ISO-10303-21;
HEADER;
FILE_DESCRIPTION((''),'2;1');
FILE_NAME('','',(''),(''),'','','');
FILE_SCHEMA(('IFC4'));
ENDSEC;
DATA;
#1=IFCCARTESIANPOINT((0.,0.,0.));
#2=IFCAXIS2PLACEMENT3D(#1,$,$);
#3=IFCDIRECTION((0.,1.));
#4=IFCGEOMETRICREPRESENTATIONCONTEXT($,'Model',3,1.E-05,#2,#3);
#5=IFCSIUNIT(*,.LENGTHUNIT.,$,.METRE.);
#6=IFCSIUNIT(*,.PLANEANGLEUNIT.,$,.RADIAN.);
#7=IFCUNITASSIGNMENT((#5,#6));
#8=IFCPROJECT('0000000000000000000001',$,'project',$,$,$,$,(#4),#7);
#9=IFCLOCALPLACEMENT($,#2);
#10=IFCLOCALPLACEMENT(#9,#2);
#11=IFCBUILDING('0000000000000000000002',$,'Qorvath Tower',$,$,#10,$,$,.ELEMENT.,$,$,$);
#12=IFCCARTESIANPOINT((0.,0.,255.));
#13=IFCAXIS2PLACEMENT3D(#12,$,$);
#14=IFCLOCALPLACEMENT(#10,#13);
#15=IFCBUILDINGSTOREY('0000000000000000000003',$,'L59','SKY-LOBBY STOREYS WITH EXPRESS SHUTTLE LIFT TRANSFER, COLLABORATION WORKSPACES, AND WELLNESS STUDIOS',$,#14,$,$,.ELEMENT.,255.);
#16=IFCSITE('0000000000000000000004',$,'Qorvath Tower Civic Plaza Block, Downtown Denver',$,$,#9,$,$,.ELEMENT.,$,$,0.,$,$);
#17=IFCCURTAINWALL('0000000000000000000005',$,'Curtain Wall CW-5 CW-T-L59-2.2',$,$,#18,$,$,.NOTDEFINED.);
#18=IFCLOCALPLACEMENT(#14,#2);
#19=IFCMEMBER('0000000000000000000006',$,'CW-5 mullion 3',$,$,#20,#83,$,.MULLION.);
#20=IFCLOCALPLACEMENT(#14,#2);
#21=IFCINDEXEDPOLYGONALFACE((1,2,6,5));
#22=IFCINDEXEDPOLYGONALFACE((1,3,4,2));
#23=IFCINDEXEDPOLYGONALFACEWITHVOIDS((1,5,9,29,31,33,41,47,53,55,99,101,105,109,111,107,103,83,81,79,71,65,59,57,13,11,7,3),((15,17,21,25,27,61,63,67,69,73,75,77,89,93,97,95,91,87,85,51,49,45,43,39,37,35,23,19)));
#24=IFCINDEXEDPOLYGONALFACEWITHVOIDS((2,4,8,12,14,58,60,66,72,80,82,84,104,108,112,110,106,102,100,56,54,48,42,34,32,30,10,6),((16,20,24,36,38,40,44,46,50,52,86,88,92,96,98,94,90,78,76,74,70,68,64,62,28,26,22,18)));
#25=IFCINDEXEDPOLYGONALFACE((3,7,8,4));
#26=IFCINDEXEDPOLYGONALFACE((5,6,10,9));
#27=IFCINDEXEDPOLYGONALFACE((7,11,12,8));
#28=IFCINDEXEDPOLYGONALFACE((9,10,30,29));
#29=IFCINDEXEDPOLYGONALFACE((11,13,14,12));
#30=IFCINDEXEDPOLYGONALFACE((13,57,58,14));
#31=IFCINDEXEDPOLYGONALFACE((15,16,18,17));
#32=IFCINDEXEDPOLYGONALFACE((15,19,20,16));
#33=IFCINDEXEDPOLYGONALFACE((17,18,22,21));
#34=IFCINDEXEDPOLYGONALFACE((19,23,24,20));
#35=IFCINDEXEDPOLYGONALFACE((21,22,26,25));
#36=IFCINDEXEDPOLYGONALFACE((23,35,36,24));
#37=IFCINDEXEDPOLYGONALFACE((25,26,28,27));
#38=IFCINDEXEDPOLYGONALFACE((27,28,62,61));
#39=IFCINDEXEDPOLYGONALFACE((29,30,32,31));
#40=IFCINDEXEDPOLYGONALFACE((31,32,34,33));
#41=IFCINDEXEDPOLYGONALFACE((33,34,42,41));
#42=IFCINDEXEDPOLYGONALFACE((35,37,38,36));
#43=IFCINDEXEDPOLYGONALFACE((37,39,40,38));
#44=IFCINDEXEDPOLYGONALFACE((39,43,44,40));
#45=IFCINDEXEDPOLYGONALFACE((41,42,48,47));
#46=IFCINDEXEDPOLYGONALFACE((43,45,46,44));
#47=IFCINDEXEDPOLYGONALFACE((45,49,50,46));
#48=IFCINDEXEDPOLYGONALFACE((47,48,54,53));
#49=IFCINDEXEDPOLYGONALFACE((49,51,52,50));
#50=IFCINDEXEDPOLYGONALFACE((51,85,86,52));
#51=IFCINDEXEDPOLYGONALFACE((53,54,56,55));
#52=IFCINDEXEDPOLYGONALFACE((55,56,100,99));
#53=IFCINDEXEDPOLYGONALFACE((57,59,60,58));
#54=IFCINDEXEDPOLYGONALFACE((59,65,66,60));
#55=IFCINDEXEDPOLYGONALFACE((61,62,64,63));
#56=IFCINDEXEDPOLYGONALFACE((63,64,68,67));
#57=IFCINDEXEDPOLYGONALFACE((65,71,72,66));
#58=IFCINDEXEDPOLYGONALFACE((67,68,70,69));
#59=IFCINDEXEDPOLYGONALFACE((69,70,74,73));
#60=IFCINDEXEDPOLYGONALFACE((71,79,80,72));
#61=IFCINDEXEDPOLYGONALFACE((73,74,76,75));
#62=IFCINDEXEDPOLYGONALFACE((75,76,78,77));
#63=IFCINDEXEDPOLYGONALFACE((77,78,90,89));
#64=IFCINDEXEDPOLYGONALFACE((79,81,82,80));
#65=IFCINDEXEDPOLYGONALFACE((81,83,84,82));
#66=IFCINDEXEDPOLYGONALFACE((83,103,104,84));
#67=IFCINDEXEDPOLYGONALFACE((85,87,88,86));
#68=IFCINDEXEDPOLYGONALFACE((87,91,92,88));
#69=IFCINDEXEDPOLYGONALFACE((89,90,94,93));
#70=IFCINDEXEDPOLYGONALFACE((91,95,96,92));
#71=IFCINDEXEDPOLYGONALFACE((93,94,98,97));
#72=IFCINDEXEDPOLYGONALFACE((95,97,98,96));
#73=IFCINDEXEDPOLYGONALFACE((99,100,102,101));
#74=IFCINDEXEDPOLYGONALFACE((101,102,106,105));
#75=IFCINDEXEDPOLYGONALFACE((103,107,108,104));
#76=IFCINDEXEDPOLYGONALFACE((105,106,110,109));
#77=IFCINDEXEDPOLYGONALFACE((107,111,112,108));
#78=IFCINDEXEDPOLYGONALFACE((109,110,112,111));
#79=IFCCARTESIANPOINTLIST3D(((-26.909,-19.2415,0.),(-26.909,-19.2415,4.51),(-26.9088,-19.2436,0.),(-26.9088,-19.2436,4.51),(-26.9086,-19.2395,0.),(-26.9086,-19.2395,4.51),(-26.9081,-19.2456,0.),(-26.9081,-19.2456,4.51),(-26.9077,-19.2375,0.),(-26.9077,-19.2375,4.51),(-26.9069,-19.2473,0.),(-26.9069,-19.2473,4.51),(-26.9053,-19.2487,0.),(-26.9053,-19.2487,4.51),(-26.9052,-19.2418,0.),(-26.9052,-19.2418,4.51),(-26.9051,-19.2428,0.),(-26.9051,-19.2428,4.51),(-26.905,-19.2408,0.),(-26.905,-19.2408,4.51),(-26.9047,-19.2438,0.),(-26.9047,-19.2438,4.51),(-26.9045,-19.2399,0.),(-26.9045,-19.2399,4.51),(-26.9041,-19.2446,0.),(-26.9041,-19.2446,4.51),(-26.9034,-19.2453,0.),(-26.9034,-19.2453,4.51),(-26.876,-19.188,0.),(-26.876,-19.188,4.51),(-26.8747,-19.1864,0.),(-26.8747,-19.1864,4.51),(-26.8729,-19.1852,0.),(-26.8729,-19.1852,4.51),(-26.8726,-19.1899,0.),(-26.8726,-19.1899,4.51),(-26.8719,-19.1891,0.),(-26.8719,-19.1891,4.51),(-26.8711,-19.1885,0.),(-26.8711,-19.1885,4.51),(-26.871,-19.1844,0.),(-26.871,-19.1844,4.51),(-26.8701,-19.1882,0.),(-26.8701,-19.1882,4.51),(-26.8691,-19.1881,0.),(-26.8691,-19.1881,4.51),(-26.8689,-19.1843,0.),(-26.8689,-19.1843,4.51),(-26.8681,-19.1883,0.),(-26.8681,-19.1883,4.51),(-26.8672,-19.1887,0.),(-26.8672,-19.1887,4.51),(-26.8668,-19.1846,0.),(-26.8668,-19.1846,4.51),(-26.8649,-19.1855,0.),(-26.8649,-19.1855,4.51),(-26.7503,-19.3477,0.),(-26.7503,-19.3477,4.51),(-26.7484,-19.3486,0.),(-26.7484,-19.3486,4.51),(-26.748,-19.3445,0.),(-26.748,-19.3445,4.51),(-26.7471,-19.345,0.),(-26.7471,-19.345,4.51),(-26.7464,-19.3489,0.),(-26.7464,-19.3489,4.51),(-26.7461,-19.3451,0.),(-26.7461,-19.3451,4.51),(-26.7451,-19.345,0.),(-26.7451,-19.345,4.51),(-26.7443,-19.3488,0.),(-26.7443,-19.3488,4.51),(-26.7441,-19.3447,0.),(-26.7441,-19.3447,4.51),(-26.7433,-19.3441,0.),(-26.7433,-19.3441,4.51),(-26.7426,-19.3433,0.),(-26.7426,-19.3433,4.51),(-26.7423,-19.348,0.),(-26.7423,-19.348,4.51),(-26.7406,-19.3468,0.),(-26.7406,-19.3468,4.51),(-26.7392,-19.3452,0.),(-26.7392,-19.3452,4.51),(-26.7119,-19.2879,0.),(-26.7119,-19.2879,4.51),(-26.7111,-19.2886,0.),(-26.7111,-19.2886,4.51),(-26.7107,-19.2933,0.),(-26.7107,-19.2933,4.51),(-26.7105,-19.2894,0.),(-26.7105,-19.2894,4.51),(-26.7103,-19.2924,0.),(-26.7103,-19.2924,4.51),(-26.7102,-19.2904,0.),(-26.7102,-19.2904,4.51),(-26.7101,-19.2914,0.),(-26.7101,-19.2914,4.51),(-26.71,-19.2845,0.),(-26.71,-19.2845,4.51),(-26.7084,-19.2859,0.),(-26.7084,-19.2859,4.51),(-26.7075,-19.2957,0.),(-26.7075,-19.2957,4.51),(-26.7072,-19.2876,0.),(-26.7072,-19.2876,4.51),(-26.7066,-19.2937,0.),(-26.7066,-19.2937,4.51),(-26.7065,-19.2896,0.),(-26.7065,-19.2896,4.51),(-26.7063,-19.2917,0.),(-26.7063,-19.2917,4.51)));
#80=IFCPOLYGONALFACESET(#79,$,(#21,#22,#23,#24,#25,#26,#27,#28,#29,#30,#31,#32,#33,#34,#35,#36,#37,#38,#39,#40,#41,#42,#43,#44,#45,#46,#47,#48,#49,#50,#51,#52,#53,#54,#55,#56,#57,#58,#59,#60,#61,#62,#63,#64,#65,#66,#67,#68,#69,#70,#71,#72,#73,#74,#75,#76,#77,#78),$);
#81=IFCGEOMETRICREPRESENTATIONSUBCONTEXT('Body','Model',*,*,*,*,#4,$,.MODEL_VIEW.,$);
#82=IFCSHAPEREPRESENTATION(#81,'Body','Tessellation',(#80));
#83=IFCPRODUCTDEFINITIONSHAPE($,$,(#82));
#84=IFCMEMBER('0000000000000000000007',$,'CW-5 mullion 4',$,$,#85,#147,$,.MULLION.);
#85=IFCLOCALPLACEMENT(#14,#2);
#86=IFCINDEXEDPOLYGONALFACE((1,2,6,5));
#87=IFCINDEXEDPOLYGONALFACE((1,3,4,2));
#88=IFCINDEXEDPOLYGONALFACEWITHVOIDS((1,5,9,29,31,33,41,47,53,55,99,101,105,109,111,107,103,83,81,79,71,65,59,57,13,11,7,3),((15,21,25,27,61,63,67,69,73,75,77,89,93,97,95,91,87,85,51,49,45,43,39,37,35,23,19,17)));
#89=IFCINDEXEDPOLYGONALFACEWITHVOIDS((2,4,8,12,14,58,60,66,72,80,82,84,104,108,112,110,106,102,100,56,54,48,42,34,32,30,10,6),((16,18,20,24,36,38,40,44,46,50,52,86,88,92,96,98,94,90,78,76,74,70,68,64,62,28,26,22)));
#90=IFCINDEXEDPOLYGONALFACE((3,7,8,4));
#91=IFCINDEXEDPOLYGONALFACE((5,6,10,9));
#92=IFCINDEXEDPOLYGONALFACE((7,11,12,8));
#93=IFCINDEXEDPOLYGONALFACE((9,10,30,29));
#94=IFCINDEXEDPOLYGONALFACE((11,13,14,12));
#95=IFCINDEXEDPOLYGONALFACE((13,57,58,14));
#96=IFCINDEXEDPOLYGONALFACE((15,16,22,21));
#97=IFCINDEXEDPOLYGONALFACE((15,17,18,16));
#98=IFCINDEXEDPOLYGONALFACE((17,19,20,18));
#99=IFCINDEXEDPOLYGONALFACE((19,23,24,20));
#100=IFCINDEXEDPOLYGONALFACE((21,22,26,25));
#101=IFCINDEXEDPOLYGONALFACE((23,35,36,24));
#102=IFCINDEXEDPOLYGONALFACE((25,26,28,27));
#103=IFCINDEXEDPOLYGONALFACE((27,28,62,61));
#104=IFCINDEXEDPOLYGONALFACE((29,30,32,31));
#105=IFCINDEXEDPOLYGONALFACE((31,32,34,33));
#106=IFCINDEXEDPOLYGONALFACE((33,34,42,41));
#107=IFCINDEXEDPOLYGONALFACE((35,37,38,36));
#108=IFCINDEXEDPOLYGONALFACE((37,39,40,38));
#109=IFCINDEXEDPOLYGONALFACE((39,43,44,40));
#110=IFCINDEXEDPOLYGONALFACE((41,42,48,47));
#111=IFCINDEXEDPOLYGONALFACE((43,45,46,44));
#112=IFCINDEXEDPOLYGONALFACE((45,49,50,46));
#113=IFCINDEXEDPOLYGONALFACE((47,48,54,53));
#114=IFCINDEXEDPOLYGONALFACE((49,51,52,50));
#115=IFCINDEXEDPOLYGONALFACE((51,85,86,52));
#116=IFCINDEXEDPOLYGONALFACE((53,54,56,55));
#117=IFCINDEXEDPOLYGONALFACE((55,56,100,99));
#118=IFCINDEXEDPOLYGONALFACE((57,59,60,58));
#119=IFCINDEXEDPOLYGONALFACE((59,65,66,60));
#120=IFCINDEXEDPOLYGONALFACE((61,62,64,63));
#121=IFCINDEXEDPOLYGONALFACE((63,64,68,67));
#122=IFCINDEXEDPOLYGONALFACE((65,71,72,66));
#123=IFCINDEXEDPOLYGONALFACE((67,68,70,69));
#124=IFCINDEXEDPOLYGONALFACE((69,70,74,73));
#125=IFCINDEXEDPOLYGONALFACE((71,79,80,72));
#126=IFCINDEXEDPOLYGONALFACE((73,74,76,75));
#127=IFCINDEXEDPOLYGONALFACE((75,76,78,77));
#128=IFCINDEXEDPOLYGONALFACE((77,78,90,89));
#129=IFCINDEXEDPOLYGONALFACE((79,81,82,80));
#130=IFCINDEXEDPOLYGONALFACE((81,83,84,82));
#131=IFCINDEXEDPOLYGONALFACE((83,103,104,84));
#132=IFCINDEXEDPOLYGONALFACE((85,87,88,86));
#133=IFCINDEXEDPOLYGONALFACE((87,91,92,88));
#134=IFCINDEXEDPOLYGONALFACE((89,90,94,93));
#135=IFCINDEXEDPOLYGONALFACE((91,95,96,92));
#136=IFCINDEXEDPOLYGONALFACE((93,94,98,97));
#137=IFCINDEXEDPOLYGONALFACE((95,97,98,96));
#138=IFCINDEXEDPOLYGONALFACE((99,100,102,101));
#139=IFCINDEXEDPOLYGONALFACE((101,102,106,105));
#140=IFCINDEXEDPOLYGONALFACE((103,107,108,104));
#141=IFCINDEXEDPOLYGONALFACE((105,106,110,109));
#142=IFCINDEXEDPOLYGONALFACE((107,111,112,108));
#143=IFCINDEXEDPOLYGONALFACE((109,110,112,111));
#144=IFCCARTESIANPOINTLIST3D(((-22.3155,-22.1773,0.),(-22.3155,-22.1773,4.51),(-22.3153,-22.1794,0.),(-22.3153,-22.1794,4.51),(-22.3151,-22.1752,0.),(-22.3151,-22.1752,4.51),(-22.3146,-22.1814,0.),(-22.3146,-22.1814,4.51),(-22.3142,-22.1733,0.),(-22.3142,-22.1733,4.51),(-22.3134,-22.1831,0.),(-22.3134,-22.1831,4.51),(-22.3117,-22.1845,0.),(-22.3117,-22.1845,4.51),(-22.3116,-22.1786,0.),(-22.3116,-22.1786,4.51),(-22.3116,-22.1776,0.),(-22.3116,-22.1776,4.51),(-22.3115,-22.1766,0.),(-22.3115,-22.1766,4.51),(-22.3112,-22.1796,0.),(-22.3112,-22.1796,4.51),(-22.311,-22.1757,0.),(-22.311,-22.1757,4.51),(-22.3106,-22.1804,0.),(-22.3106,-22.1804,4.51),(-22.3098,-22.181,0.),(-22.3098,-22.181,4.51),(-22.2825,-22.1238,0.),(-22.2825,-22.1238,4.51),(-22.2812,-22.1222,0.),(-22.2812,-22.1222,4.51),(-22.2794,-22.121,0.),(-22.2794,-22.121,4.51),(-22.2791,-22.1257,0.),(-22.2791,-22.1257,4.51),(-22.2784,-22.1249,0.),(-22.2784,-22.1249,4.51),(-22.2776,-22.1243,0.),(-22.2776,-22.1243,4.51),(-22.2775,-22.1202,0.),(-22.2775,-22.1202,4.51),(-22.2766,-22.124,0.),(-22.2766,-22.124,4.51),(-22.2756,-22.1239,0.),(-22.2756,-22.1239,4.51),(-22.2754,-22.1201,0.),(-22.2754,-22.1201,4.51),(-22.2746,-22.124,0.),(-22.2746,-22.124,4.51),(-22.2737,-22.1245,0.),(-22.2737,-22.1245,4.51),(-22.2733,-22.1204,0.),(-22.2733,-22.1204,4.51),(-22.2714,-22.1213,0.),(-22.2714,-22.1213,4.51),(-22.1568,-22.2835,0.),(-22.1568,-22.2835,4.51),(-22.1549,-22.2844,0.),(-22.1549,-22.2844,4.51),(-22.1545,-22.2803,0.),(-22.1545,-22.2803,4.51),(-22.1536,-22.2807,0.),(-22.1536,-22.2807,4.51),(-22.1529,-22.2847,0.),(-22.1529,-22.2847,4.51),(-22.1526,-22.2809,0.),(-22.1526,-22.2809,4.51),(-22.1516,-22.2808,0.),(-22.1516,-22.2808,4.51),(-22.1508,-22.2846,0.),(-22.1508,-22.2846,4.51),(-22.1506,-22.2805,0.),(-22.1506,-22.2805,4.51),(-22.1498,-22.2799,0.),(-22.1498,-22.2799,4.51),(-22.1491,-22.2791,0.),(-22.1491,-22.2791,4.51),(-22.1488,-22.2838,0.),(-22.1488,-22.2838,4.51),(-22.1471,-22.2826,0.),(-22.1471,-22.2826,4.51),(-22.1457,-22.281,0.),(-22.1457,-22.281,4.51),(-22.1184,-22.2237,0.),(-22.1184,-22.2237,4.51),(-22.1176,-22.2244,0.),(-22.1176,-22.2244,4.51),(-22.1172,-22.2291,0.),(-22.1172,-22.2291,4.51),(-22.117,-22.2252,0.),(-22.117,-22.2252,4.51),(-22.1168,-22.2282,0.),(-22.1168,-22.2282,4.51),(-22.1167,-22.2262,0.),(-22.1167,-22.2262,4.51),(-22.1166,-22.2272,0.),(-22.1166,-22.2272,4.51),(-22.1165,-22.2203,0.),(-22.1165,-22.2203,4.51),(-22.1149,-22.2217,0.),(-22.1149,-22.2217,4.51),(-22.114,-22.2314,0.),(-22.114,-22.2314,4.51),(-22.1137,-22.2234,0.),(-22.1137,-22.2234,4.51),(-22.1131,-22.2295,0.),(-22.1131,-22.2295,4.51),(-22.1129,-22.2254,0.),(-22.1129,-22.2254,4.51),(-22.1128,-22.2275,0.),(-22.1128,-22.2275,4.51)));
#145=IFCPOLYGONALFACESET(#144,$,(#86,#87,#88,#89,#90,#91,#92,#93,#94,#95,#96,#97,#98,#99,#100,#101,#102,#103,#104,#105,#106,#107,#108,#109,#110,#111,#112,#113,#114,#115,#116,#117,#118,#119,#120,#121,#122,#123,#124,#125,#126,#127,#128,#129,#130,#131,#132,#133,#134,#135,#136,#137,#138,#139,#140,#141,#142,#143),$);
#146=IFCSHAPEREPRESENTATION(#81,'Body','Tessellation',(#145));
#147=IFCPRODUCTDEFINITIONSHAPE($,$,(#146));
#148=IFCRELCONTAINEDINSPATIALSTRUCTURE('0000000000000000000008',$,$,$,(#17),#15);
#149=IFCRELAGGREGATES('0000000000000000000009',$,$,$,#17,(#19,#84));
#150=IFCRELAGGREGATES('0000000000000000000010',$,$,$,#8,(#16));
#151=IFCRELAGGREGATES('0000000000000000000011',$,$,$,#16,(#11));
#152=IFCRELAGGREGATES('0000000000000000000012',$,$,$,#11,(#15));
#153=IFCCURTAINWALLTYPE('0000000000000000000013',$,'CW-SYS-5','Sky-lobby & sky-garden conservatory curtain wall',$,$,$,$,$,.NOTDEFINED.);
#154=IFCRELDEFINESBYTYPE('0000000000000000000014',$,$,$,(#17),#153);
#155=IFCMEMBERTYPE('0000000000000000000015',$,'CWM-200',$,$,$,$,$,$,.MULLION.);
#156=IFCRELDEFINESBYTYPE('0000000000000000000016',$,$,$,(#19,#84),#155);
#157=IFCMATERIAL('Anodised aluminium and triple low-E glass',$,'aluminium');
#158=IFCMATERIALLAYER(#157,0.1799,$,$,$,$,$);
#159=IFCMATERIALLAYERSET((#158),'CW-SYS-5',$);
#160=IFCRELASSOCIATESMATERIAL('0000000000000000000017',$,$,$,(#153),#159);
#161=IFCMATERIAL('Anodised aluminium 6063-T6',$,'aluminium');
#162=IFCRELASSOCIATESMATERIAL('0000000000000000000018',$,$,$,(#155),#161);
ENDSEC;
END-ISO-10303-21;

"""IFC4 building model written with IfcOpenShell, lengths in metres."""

from ifc_helpers import new_model, si_unit, direction, frame, origin, origin_2d, place, context, subcontext, project, spatial, hollow_rectangle, extrude, material, layer, layer_set, material_profile, profile_set, type_object, element, aggregate, save


model = new_model("IFC4")

# Units and contexts
model_context = context("Model", 3, precision=1e-05, world=origin(), true_north=direction((0.0, 1.0)))
body_context = subcontext(model_context, "Body", "Model", "MODEL_VIEW")
ifc_project = project(units=[si_unit("LENGTHUNIT", "METRE"), si_unit("PLANEANGLEUNIT", "RADIAN")], contexts=[model_context])

# Site, building, storey
site_placement = place(None, origin())
site = spatial("IfcSite", under=ifc_project, at=site_placement, Name="Qorvath Tower Civic Plaza Block, Downtown Denver", CompositionType="ELEMENT", RefElevation=0.0)
building_placement = place(site_placement, origin())
building = spatial("IfcBuilding", under=site, at=building_placement, Name="Qorvath Tower", CompositionType="ELEMENT")
storey_placement = place(building_placement, frame((0.0, 0.0, 255.0)))
storey = spatial("IfcBuildingStorey", under=building, at=storey_placement, Name="L59", Description="SKY-LOBBY STOREYS WITH EXPRESS SHUTTLE LIFT TRANSFER, COLLABORATION WORKSPACES, AND WELLNESS STUDIOS", CompositionType="ELEMENT", Elevation=255.0)

# Curtain wall, members
ifc_material_1 = material(Name="Anodised aluminium and triple low-E glass", Category="aluminium")
ifc_layer_1 = layer(ifc_material_1, 0.1799)
ifc_layer_set_1 = layer_set([ifc_layer_1], Name="CW-SYS-5")
curtain_wall_type = type_object("IfcCurtainWallType", Name="CW-SYS-5", Description="Sky-lobby & sky-garden conservatory curtain wall", PredefinedType="NOTDEFINED", material=ifc_layer_set_1)
curtain_wall_placement = place(storey_placement, origin())
curtain_wall = element("IfcCurtainWall", 1, at=curtain_wall_placement, inside=storey, type_object=curtain_wall_type, Name="Curtain Wall CW-5 CW-T-L59-2.2", PredefinedType="NOTDEFINED")
ifc_material_2 = material(Name="Anodised aluminium 6063-T6", Category="aluminium")
ifc_material_profile_1 = material_profile(ifc_material_2, hollow_rectangle(XDim=0.075, YDim=0.2, WallThickness=0.0039, InnerFilletRadius=0.0039, OuterFilletRadius=0.0081, at=origin_2d()), Name="CWM 200x75")
ifc_profile_set_1 = profile_set([ifc_material_profile_1], Name="Anodised aluminium 6063-T6")
member_type_1 = type_object("IfcMemberType", Name="CWM-200", PredefinedType="MULLION", material=ifc_profile_set_1)
member_1_placement = place(storey_placement, frame((-26.8076, -19.2666, 0.0), z_axis=(0.0, 0.0, 1.0), x_axis=(0.538534, 0.842604, 0.0)))
member_1 = element("IfcMember", 2, at=member_1_placement, type_object=member_type_1, Name="CW-5 mullion 3", PredefinedType="MULLION", context=body_context, shape_type="SweptSolid", body=[
    extrude(hollow_rectangle(XDim=0.075, YDim=0.2, WallThickness=0.0039, InnerFilletRadius=0.0039, OuterFilletRadius=0.0081, at=origin_2d()), origin(), (0.0, 0.0, 1.0), 4.51),
])
member_2_placement = place(storey_placement, frame((-22.2141, -22.2024, 0.0), z_axis=(0.0, 0.0, 1.0), x_axis=(0.538534, 0.842604, 0.0)))
member_2 = element("IfcMember", 3, at=member_2_placement, type_object=member_type_1, Name="CW-5 mullion 4", PredefinedType="MULLION", context=body_context, shape_type="SweptSolid", body=[
    extrude(hollow_rectangle(XDim=0.075, YDim=0.2, WallThickness=0.0039, InnerFilletRadius=0.0039, OuterFilletRadius=0.0081, at=origin_2d()), origin(), (0.0, 0.0, 1.0), 4.51),
])

aggregate(curtain_wall, [member_1, member_2])

save(model, "model.ifc")
